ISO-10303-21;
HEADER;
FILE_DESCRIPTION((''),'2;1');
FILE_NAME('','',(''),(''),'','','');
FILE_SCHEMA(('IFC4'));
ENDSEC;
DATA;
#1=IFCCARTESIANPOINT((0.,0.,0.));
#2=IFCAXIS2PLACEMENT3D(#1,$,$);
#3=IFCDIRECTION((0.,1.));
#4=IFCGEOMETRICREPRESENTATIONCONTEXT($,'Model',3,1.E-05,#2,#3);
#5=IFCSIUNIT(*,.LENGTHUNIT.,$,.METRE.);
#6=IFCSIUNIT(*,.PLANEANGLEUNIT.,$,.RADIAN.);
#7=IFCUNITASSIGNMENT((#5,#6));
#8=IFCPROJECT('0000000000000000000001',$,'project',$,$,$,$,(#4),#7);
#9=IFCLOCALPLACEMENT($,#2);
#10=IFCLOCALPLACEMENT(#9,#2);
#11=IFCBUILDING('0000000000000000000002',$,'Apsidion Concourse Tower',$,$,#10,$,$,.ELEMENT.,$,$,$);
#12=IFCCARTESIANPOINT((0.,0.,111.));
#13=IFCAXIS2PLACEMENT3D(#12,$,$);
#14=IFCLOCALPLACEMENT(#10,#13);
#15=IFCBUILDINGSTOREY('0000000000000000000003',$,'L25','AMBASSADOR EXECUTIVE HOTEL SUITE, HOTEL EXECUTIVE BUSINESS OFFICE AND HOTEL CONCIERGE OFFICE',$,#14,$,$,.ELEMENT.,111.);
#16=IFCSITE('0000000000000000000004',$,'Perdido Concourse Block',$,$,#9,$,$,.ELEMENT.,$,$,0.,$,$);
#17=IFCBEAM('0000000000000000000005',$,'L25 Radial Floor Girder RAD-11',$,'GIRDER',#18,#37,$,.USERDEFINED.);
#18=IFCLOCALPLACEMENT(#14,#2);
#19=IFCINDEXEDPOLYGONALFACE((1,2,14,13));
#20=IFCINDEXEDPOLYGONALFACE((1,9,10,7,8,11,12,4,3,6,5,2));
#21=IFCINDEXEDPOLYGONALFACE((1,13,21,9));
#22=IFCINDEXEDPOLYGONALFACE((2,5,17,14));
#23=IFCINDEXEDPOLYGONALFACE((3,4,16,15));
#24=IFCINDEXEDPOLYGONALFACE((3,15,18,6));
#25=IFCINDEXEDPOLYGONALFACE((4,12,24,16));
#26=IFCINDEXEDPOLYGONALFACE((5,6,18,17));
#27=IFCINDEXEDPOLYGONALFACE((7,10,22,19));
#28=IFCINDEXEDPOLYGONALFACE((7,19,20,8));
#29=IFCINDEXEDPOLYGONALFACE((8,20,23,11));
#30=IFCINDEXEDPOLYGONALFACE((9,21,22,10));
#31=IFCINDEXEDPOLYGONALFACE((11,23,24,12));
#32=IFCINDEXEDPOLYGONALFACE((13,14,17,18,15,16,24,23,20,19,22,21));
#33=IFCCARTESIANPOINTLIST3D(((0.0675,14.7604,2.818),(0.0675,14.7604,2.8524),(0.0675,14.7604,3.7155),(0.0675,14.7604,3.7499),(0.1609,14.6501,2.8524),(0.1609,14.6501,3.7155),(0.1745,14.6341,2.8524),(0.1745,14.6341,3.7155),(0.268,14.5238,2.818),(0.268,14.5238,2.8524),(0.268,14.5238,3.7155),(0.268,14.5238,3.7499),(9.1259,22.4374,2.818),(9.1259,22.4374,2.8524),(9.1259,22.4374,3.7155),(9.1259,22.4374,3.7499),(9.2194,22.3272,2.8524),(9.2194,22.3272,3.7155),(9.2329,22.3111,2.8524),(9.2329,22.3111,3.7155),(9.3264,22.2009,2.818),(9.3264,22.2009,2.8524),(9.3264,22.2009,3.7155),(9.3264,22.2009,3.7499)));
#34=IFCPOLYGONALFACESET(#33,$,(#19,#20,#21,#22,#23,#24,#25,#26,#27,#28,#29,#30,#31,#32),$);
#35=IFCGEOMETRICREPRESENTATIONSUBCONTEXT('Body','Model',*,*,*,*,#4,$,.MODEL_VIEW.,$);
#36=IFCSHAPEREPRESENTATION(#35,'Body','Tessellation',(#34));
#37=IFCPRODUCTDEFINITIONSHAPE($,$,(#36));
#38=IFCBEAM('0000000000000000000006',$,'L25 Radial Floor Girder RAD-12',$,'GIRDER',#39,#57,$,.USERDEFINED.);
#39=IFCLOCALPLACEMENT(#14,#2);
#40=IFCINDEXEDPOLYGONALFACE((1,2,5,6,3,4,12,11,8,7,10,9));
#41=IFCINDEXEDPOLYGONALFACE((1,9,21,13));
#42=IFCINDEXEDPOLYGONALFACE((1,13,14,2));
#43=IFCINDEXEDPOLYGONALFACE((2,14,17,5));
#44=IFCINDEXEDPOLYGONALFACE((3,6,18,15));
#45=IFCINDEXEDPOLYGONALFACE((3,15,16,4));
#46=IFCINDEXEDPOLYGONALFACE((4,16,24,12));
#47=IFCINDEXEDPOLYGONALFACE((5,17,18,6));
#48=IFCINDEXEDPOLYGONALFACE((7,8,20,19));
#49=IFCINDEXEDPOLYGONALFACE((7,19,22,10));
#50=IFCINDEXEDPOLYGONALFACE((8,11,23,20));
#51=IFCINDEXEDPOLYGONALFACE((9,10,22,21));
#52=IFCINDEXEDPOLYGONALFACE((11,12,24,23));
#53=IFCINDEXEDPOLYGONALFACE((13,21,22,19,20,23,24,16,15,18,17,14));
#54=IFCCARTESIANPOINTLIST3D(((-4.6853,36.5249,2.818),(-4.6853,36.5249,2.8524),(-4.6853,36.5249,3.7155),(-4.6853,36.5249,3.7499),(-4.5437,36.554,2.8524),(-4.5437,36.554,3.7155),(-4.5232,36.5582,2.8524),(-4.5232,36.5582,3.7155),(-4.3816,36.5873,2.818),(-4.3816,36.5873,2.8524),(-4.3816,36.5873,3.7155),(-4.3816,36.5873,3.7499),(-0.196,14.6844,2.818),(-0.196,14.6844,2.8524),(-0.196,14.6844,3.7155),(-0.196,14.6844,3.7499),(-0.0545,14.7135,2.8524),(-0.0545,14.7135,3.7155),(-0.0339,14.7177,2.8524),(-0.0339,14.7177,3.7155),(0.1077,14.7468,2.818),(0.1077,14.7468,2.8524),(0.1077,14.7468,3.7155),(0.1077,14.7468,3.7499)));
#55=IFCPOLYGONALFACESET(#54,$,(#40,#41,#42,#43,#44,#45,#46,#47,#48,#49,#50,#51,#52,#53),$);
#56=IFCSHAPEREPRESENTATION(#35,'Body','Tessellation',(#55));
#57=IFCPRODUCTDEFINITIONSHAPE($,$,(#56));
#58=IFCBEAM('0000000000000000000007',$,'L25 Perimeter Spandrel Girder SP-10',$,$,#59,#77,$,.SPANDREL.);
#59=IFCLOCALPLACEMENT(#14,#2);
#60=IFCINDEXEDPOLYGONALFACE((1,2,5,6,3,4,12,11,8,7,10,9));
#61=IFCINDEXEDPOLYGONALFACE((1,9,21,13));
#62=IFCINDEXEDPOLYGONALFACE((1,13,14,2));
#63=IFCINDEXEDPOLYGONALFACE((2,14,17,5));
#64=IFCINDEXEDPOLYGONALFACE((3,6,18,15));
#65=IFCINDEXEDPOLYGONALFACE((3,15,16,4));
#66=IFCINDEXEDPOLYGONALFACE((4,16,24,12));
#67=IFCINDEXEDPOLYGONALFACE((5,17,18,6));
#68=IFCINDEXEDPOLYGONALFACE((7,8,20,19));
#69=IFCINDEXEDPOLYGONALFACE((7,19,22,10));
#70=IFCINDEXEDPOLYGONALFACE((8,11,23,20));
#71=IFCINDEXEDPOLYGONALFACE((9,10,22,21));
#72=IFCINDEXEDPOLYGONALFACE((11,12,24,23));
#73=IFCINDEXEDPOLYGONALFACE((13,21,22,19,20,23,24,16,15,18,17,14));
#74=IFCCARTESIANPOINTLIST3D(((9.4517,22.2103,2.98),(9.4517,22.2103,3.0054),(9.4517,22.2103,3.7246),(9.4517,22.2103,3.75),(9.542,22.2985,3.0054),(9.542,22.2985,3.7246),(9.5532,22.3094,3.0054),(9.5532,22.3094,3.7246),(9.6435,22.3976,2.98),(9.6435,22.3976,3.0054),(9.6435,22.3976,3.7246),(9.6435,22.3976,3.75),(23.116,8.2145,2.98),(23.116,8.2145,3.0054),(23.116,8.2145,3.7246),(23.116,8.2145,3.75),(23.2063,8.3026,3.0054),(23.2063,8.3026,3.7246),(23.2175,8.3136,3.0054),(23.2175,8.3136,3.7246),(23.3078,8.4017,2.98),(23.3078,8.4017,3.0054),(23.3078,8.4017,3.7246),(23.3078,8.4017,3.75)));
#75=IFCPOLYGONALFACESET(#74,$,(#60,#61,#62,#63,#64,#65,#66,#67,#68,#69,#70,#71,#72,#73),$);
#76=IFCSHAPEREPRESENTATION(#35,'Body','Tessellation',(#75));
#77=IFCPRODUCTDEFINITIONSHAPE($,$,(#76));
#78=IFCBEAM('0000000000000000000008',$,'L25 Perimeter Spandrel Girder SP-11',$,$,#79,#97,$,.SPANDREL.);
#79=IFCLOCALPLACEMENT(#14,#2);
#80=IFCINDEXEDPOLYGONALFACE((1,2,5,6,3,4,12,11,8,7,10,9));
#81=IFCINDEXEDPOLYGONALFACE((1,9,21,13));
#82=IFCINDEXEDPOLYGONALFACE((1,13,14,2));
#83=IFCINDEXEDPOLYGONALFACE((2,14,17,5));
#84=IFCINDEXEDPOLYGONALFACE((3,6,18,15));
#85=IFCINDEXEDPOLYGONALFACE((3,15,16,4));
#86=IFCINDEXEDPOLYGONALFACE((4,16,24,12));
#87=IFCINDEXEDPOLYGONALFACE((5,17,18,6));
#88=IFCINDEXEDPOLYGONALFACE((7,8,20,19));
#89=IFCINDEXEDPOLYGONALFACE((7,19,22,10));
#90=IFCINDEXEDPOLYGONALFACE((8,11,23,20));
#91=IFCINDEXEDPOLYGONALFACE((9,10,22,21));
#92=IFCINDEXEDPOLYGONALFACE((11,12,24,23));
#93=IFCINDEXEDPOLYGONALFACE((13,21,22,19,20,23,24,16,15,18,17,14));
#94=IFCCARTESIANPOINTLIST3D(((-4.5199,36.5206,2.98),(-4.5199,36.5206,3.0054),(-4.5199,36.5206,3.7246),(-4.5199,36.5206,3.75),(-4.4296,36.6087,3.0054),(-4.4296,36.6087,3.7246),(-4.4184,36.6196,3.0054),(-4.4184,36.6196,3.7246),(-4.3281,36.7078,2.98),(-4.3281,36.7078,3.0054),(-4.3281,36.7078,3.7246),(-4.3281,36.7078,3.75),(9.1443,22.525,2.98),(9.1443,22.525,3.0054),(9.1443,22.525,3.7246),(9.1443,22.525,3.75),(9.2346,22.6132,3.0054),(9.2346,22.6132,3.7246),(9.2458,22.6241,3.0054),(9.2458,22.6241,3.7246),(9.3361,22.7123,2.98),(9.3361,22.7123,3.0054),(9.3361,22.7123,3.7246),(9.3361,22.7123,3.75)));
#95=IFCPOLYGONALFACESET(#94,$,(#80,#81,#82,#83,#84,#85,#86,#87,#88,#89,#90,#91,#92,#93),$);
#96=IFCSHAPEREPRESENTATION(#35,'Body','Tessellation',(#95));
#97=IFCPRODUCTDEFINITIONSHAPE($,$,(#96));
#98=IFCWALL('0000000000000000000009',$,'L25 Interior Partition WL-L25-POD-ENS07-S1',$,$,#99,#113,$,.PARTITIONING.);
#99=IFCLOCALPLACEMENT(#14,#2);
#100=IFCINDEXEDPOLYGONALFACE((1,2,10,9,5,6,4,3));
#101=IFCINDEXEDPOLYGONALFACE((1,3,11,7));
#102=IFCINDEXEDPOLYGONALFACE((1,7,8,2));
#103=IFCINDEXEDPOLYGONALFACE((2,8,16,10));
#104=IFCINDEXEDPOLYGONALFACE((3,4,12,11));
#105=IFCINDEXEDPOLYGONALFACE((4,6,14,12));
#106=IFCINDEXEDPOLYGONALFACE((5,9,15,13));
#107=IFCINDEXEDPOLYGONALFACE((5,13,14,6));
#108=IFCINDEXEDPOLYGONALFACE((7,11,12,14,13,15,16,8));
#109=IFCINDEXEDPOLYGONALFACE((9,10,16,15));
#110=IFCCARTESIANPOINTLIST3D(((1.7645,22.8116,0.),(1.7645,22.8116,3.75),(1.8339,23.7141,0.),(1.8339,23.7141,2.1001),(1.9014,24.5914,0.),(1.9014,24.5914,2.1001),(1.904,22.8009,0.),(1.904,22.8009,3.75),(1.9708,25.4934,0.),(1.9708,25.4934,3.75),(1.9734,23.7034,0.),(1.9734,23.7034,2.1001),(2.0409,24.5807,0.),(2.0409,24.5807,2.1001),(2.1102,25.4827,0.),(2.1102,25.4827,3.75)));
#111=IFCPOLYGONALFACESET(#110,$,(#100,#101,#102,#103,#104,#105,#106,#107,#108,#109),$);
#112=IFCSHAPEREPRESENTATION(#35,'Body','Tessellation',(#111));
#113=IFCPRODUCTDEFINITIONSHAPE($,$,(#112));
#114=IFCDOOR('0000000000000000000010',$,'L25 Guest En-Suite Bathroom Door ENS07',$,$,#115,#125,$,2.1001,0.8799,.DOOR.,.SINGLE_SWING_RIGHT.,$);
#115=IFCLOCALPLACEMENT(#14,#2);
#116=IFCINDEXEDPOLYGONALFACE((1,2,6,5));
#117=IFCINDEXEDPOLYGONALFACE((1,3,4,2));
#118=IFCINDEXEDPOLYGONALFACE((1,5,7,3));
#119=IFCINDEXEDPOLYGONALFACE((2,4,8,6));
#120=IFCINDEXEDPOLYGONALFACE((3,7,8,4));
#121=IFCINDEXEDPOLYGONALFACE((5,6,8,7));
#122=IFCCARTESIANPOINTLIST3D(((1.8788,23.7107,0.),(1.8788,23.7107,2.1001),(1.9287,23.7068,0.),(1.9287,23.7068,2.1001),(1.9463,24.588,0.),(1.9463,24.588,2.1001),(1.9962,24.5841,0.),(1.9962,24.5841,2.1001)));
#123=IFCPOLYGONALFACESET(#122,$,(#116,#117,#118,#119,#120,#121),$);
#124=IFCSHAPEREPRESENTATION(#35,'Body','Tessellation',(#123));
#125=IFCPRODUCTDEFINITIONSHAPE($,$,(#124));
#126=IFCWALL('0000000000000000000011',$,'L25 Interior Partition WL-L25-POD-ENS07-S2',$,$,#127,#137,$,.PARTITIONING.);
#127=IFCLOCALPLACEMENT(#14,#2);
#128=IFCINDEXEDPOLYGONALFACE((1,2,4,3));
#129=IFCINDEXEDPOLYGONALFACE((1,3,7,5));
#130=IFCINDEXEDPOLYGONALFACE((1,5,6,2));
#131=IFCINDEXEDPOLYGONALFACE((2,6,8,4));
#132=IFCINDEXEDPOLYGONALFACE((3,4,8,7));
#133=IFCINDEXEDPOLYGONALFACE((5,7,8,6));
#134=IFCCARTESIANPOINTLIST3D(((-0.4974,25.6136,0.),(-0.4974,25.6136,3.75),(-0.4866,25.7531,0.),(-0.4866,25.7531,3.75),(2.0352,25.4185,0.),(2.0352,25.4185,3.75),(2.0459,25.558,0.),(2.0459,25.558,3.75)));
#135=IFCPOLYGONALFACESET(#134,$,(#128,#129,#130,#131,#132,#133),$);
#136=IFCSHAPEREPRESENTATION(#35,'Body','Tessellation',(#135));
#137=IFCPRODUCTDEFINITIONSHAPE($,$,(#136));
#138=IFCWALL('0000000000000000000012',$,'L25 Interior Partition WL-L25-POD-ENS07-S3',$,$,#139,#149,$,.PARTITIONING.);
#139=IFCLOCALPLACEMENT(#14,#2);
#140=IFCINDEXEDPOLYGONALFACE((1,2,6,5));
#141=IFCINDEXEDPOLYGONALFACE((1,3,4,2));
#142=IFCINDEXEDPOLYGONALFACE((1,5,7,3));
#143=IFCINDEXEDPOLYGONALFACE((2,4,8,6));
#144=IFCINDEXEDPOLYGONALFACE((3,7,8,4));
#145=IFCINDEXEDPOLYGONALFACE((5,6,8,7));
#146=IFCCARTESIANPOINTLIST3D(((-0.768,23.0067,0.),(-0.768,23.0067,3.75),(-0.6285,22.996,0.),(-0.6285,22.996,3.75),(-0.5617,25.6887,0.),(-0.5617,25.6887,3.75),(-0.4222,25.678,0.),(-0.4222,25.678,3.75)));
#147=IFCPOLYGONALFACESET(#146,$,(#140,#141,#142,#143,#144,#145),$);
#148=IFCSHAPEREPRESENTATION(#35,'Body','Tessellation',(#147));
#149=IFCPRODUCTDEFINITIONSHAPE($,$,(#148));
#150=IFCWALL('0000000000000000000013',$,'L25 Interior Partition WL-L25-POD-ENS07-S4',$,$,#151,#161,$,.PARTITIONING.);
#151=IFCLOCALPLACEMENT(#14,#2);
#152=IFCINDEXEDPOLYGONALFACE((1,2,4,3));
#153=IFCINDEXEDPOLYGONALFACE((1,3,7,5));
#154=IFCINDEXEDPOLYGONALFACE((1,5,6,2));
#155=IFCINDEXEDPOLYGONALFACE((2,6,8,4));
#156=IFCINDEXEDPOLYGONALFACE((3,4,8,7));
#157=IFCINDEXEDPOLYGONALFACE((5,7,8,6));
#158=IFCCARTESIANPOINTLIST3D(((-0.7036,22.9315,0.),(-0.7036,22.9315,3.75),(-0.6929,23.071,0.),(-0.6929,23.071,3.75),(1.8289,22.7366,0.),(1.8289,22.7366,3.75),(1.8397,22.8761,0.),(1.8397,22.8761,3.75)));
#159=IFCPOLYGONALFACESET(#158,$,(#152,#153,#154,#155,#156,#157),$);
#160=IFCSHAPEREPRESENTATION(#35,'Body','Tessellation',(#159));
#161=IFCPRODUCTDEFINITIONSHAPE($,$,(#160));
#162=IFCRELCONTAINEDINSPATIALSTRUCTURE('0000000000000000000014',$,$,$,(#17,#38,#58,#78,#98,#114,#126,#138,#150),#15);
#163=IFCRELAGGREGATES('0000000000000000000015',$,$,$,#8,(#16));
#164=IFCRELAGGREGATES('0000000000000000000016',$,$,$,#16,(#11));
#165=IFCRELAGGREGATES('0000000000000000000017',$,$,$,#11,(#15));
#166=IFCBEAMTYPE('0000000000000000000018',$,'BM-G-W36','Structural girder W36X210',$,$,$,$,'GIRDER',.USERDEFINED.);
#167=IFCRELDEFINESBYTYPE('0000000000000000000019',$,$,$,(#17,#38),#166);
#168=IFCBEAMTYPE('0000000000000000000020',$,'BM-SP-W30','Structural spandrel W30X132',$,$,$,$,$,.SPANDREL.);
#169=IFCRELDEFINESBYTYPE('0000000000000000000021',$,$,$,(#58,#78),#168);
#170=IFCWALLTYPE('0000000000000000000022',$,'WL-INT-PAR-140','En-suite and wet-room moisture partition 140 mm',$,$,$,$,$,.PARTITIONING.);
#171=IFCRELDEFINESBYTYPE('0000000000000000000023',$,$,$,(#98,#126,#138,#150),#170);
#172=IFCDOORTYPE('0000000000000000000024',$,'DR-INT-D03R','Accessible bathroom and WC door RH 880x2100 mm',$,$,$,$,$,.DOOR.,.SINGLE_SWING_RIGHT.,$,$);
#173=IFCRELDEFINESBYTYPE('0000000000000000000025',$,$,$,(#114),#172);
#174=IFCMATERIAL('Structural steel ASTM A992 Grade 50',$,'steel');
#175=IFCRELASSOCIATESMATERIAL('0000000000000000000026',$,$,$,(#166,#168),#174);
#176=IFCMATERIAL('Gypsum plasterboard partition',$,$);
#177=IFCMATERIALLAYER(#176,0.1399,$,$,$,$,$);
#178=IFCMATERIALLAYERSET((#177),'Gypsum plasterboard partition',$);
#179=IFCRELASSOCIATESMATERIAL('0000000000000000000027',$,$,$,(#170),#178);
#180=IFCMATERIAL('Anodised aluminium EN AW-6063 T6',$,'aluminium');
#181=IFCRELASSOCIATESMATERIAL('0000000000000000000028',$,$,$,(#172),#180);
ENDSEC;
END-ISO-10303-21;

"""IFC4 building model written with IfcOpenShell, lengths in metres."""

from ifc_helpers import new_model, si_unit, direction, frame, frame_2d, origin, origin_2d, place, context, subcontext, project, spatial, rectangle, i_section, extrude, material, layer, layer_set, material_profile, profile_set, type_object, element, fill, save


model = new_model("IFC4")

# Units and contexts
model_context = context("Model", 3, precision=1e-05, world=origin(), true_north=direction((0.0, 1.0)))
body_context = subcontext(model_context, "Body", "Model", "MODEL_VIEW")
ifc_project = project(units=[si_unit("LENGTHUNIT", "METRE"), si_unit("PLANEANGLEUNIT", "RADIAN")], contexts=[model_context])

# Site, building, storey
site_placement = place(None, origin())
site = spatial("IfcSite", under=ifc_project, at=site_placement, Name="Perdido Concourse Block", CompositionType="ELEMENT", RefElevation=0.0)
building_placement = place(site_placement, origin())
building = spatial("IfcBuilding", under=site, at=building_placement, Name="Apsidion Concourse Tower", CompositionType="ELEMENT")
storey_placement = place(building_placement, frame((0.0, 0.0, 111.0)))
storey = spatial("IfcBuildingStorey", under=building, at=storey_placement, Name="L25", Description="AMBASSADOR EXECUTIVE HOTEL SUITE, HOTEL EXECUTIVE BUSINESS OFFICE AND HOTEL CONCIERGE OFFICE", CompositionType="ELEMENT", Elevation=111.0)

# Beams
ifc_material_1 = material(Name="Structural steel ASTM A992 Grade 50", Category="steel")
ifc_material_profile_1 = material_profile(ifc_material_1, i_section(OverallWidth=0.3101, OverallDepth=0.9319, WebThickness=0.021, FlangeThickness=0.0344, at=origin_2d()), Name="W36X210")
ifc_profile_set_1 = profile_set([ifc_material_profile_1], Name="Structural steel ASTM A992 Grade 50")
beam_type_1 = type_object("IfcBeamType", Name="BM-G-W36", Description="Structural girder W36X210", ElementType="GIRDER", PredefinedType="USERDEFINED", material=ifc_profile_set_1)
beam_1_placement = place(storey_placement, frame((0.1677, 14.6421, 3.2839), z_axis=(0.762878, 0.646543, 0.0), x_axis=(-0.646543, 0.762878, 0.0)))
element("IfcBeam", 1, at=beam_1_placement, inside=storey, type_object=beam_type_1, Name="L25 Radial Floor Girder RAD-11", ObjectType="GIRDER", PredefinedType="USERDEFINED", context=body_context, shape_type="SweptSolid", body=[
    extrude(i_section(OverallWidth=0.3101, OverallDepth=0.9319, WebThickness=0.021, FlangeThickness=0.0344, at=origin_2d()), origin(), (0.0, 0.0, 1.0), 11.874),
])
beam_2_placement = place(storey_placement, frame((-0.0442, 14.7156, 3.2839), z_axis=(-0.201337, 0.979522, 0.0), x_axis=(-0.979522, -0.201337, 0.0)))
element("IfcBeam", 2, at=beam_2_placement, inside=storey, type_object=beam_type_1, Name="L25 Radial Floor Girder RAD-12", ObjectType="GIRDER", PredefinedType="USERDEFINED", context=body_context, shape_type="SweptSolid", body=[
    extrude(i_section(OverallWidth=0.3101, OverallDepth=0.9319, WebThickness=0.021, FlangeThickness=0.0344, at=origin_2d()), origin(), (0.0, 0.0, 1.0), 22.2971),
])
ifc_material_profile_2 = material_profile(ifc_material_1, i_section(OverallWidth=0.2681, OverallDepth=0.77, WebThickness=0.0156, FlangeThickness=0.0254, at=origin_2d()), Name="W30X132")
ifc_profile_set_2 = profile_set([ifc_material_profile_2], Name="Structural steel ASTM A992 Grade 50")
beam_type_2 = type_object("IfcBeamType", Name="BM-SP-W30", Description="Structural spandrel W30X132", PredefinedType="SPANDREL", material=ifc_profile_set_2)
beam_3_placement = place(storey_placement, frame((23.2119, 8.3081, 3.365), z_axis=(-0.698581, 0.715531, 0.0), x_axis=(-0.715531, -0.698581, 0.0)))
element("IfcBeam", 3, at=beam_3_placement, inside=storey, type_object=beam_type_2, Name="L25 Perimeter Spandrel Girder SP-10", PredefinedType="SPANDREL", context=body_context, shape_type="SweptSolid", body=[
    extrude(i_section(OverallWidth=0.2681, OverallDepth=0.77, WebThickness=0.0156, FlangeThickness=0.0254, at=origin_2d()), origin(), (0.0, 0.0, 1.0), 19.5601),
])
beam_4_placement = place(storey_placement, frame((9.2402, 22.6187, 3.365), z_axis=(-0.698587, 0.715525, 0.0), x_axis=(-0.715525, -0.698587, 0.0)))
element("IfcBeam", 4, at=beam_4_placement, inside=storey, type_object=beam_type_2, Name="L25 Perimeter Spandrel Girder SP-11", PredefinedType="SPANDREL", context=body_context, shape_type="SweptSolid", body=[
    extrude(i_section(OverallWidth=0.2681, OverallDepth=0.77, WebThickness=0.0156, FlangeThickness=0.0254, at=origin_2d()), origin(), (0.0, 0.0, 1.0), 19.5598),
])

# Wall, opening, door
ifc_material_2 = material(Name="Gypsum plasterboard partition")
ifc_layer_1 = layer(ifc_material_2, 0.1399)
ifc_layer_set_1 = layer_set([ifc_layer_1], Name="Gypsum plasterboard partition")
wall_type_1 = type_object("IfcWallType", Name="WL-INT-PAR-140", Description="En-suite and wet-room moisture partition 140 mm", PredefinedType="PARTITIONING", material=ifc_layer_set_1)
wall_1_placement = place(storey_placement, frame((1.8342, 22.8064, 0.0), z_axis=(0.0, 0.0, 1.0), x_axis=(0.076696, 0.997054, 0.0)))
wall_1 = element("IfcWall", 5, at=wall_1_placement, inside=storey, type_object=wall_type_1, Name="L25 Interior Partition WL-L25-POD-ENS07-S1", PredefinedType="PARTITIONING", context=body_context, shape_type="SweptSolid", body=[
    extrude(rectangle(XDim=2.6897, YDim=0.1399, at=frame_2d((1.3447, 0.0))), origin(), (0.0, 0.0, 1.0), 3.75),
])
opening_1_placement = place(wall_1_placement, frame((0.905, 0.0, 0.0)))
opening_1 = element("IfcOpeningElement", 6, at=opening_1_placement, cuts=wall_1, PredefinedType="OPENING", context=body_context, shape_type="SweptSolid", body=[
    extrude(rectangle(XDim=0.8799, YDim=2.1001, at=frame_2d((0.4399, 1.05))), frame((0.0, 0.0801, 0.0), z_axis=(0.0, -1.0, 0.0), x_axis=(1.0, 0.0, 0.0)), (0.0, 0.0, 1.0), 0.1599),
])
ifc_material_3 = material(Name="Anodised aluminium EN AW-6063 T6", Category="aluminium")
door_type_1 = type_object("IfcDoorType", Name="DR-INT-D03R", Description="Accessible bathroom and WC door RH 880x2100 mm", OperationType="SINGLE_SWING_RIGHT", PredefinedType="DOOR", material=ifc_material_3)
door_1_placement = place(opening_1_placement, origin())
door_1 = element("IfcDoor", 7, at=door_1_placement, inside=storey, type_object=door_type_1, Name="L25 Guest En-Suite Bathroom Door ENS07", OperationType="SINGLE_SWING_RIGHT", OverallHeight=2.1001, OverallWidth=0.8799, PredefinedType="DOOR", context=body_context, shape_type="SweptSolid", body=[
    extrude(rectangle(XDim=0.8799, YDim=2.1001, at=frame_2d((0.4399, 1.05))), frame((0.0, 0.0249, 0.0), z_axis=(0.0, -1.0, 0.0), x_axis=(1.0, 0.0, 0.0)), (0.0, 0.0, 1.0), 0.05),
])
fill(opening_1, door_1)

# Walls
wall_2_placement = place(storey_placement, frame((2.0405, 25.4883, 0.0), z_axis=(0.0, 0.0, 1.0), x_axis=(-0.997047, 0.076799, 0.0)))
element("IfcWall", 8, at=wall_2_placement, inside=storey, type_object=wall_type_1, Name="L25 Interior Partition WL-L25-POD-ENS07-S2", PredefinedType="PARTITIONING", context=body_context, shape_type="SweptSolid", body=[
    extrude(rectangle(XDim=2.54, YDim=0.1399, at=frame_2d((1.27, 0.0))), origin(), (0.0, 0.0, 1.0), 3.75),
])
wall_3_placement = place(storey_placement, frame((-0.4919, 25.6833, 0.0), z_axis=(0.0, 0.0, 1.0), x_axis=(-0.07669, -0.997055, 0.0)))
element("IfcWall", 9, at=wall_3_placement, inside=storey, type_object=wall_type_1, Name="L25 Interior Partition WL-L25-POD-ENS07-S3", PredefinedType="PARTITIONING", context=body_context, shape_type="SweptSolid", body=[
    extrude(rectangle(XDim=2.6899, YDim=0.1399, at=frame_2d((1.345, 0.0))), origin(), (0.0, 0.0, 1.0), 3.75),
])
wall_4_placement = place(storey_placement, frame((-0.6982, 23.0012, 0.0), z_axis=(0.0, 0.0, 1.0), x_axis=(0.997054, -0.076704, 0.0)))
element("IfcWall", 10, at=wall_4_placement, inside=storey, type_object=wall_type_1, Name="L25 Interior Partition WL-L25-POD-ENS07-S4", PredefinedType="PARTITIONING", context=body_context, shape_type="SweptSolid", body=[
    extrude(rectangle(XDim=2.54, YDim=0.1399, at=frame_2d((1.27, 0.0))), origin(), (0.0, 0.0, 1.0), 3.75),
])

save(model, "model.ifc")
